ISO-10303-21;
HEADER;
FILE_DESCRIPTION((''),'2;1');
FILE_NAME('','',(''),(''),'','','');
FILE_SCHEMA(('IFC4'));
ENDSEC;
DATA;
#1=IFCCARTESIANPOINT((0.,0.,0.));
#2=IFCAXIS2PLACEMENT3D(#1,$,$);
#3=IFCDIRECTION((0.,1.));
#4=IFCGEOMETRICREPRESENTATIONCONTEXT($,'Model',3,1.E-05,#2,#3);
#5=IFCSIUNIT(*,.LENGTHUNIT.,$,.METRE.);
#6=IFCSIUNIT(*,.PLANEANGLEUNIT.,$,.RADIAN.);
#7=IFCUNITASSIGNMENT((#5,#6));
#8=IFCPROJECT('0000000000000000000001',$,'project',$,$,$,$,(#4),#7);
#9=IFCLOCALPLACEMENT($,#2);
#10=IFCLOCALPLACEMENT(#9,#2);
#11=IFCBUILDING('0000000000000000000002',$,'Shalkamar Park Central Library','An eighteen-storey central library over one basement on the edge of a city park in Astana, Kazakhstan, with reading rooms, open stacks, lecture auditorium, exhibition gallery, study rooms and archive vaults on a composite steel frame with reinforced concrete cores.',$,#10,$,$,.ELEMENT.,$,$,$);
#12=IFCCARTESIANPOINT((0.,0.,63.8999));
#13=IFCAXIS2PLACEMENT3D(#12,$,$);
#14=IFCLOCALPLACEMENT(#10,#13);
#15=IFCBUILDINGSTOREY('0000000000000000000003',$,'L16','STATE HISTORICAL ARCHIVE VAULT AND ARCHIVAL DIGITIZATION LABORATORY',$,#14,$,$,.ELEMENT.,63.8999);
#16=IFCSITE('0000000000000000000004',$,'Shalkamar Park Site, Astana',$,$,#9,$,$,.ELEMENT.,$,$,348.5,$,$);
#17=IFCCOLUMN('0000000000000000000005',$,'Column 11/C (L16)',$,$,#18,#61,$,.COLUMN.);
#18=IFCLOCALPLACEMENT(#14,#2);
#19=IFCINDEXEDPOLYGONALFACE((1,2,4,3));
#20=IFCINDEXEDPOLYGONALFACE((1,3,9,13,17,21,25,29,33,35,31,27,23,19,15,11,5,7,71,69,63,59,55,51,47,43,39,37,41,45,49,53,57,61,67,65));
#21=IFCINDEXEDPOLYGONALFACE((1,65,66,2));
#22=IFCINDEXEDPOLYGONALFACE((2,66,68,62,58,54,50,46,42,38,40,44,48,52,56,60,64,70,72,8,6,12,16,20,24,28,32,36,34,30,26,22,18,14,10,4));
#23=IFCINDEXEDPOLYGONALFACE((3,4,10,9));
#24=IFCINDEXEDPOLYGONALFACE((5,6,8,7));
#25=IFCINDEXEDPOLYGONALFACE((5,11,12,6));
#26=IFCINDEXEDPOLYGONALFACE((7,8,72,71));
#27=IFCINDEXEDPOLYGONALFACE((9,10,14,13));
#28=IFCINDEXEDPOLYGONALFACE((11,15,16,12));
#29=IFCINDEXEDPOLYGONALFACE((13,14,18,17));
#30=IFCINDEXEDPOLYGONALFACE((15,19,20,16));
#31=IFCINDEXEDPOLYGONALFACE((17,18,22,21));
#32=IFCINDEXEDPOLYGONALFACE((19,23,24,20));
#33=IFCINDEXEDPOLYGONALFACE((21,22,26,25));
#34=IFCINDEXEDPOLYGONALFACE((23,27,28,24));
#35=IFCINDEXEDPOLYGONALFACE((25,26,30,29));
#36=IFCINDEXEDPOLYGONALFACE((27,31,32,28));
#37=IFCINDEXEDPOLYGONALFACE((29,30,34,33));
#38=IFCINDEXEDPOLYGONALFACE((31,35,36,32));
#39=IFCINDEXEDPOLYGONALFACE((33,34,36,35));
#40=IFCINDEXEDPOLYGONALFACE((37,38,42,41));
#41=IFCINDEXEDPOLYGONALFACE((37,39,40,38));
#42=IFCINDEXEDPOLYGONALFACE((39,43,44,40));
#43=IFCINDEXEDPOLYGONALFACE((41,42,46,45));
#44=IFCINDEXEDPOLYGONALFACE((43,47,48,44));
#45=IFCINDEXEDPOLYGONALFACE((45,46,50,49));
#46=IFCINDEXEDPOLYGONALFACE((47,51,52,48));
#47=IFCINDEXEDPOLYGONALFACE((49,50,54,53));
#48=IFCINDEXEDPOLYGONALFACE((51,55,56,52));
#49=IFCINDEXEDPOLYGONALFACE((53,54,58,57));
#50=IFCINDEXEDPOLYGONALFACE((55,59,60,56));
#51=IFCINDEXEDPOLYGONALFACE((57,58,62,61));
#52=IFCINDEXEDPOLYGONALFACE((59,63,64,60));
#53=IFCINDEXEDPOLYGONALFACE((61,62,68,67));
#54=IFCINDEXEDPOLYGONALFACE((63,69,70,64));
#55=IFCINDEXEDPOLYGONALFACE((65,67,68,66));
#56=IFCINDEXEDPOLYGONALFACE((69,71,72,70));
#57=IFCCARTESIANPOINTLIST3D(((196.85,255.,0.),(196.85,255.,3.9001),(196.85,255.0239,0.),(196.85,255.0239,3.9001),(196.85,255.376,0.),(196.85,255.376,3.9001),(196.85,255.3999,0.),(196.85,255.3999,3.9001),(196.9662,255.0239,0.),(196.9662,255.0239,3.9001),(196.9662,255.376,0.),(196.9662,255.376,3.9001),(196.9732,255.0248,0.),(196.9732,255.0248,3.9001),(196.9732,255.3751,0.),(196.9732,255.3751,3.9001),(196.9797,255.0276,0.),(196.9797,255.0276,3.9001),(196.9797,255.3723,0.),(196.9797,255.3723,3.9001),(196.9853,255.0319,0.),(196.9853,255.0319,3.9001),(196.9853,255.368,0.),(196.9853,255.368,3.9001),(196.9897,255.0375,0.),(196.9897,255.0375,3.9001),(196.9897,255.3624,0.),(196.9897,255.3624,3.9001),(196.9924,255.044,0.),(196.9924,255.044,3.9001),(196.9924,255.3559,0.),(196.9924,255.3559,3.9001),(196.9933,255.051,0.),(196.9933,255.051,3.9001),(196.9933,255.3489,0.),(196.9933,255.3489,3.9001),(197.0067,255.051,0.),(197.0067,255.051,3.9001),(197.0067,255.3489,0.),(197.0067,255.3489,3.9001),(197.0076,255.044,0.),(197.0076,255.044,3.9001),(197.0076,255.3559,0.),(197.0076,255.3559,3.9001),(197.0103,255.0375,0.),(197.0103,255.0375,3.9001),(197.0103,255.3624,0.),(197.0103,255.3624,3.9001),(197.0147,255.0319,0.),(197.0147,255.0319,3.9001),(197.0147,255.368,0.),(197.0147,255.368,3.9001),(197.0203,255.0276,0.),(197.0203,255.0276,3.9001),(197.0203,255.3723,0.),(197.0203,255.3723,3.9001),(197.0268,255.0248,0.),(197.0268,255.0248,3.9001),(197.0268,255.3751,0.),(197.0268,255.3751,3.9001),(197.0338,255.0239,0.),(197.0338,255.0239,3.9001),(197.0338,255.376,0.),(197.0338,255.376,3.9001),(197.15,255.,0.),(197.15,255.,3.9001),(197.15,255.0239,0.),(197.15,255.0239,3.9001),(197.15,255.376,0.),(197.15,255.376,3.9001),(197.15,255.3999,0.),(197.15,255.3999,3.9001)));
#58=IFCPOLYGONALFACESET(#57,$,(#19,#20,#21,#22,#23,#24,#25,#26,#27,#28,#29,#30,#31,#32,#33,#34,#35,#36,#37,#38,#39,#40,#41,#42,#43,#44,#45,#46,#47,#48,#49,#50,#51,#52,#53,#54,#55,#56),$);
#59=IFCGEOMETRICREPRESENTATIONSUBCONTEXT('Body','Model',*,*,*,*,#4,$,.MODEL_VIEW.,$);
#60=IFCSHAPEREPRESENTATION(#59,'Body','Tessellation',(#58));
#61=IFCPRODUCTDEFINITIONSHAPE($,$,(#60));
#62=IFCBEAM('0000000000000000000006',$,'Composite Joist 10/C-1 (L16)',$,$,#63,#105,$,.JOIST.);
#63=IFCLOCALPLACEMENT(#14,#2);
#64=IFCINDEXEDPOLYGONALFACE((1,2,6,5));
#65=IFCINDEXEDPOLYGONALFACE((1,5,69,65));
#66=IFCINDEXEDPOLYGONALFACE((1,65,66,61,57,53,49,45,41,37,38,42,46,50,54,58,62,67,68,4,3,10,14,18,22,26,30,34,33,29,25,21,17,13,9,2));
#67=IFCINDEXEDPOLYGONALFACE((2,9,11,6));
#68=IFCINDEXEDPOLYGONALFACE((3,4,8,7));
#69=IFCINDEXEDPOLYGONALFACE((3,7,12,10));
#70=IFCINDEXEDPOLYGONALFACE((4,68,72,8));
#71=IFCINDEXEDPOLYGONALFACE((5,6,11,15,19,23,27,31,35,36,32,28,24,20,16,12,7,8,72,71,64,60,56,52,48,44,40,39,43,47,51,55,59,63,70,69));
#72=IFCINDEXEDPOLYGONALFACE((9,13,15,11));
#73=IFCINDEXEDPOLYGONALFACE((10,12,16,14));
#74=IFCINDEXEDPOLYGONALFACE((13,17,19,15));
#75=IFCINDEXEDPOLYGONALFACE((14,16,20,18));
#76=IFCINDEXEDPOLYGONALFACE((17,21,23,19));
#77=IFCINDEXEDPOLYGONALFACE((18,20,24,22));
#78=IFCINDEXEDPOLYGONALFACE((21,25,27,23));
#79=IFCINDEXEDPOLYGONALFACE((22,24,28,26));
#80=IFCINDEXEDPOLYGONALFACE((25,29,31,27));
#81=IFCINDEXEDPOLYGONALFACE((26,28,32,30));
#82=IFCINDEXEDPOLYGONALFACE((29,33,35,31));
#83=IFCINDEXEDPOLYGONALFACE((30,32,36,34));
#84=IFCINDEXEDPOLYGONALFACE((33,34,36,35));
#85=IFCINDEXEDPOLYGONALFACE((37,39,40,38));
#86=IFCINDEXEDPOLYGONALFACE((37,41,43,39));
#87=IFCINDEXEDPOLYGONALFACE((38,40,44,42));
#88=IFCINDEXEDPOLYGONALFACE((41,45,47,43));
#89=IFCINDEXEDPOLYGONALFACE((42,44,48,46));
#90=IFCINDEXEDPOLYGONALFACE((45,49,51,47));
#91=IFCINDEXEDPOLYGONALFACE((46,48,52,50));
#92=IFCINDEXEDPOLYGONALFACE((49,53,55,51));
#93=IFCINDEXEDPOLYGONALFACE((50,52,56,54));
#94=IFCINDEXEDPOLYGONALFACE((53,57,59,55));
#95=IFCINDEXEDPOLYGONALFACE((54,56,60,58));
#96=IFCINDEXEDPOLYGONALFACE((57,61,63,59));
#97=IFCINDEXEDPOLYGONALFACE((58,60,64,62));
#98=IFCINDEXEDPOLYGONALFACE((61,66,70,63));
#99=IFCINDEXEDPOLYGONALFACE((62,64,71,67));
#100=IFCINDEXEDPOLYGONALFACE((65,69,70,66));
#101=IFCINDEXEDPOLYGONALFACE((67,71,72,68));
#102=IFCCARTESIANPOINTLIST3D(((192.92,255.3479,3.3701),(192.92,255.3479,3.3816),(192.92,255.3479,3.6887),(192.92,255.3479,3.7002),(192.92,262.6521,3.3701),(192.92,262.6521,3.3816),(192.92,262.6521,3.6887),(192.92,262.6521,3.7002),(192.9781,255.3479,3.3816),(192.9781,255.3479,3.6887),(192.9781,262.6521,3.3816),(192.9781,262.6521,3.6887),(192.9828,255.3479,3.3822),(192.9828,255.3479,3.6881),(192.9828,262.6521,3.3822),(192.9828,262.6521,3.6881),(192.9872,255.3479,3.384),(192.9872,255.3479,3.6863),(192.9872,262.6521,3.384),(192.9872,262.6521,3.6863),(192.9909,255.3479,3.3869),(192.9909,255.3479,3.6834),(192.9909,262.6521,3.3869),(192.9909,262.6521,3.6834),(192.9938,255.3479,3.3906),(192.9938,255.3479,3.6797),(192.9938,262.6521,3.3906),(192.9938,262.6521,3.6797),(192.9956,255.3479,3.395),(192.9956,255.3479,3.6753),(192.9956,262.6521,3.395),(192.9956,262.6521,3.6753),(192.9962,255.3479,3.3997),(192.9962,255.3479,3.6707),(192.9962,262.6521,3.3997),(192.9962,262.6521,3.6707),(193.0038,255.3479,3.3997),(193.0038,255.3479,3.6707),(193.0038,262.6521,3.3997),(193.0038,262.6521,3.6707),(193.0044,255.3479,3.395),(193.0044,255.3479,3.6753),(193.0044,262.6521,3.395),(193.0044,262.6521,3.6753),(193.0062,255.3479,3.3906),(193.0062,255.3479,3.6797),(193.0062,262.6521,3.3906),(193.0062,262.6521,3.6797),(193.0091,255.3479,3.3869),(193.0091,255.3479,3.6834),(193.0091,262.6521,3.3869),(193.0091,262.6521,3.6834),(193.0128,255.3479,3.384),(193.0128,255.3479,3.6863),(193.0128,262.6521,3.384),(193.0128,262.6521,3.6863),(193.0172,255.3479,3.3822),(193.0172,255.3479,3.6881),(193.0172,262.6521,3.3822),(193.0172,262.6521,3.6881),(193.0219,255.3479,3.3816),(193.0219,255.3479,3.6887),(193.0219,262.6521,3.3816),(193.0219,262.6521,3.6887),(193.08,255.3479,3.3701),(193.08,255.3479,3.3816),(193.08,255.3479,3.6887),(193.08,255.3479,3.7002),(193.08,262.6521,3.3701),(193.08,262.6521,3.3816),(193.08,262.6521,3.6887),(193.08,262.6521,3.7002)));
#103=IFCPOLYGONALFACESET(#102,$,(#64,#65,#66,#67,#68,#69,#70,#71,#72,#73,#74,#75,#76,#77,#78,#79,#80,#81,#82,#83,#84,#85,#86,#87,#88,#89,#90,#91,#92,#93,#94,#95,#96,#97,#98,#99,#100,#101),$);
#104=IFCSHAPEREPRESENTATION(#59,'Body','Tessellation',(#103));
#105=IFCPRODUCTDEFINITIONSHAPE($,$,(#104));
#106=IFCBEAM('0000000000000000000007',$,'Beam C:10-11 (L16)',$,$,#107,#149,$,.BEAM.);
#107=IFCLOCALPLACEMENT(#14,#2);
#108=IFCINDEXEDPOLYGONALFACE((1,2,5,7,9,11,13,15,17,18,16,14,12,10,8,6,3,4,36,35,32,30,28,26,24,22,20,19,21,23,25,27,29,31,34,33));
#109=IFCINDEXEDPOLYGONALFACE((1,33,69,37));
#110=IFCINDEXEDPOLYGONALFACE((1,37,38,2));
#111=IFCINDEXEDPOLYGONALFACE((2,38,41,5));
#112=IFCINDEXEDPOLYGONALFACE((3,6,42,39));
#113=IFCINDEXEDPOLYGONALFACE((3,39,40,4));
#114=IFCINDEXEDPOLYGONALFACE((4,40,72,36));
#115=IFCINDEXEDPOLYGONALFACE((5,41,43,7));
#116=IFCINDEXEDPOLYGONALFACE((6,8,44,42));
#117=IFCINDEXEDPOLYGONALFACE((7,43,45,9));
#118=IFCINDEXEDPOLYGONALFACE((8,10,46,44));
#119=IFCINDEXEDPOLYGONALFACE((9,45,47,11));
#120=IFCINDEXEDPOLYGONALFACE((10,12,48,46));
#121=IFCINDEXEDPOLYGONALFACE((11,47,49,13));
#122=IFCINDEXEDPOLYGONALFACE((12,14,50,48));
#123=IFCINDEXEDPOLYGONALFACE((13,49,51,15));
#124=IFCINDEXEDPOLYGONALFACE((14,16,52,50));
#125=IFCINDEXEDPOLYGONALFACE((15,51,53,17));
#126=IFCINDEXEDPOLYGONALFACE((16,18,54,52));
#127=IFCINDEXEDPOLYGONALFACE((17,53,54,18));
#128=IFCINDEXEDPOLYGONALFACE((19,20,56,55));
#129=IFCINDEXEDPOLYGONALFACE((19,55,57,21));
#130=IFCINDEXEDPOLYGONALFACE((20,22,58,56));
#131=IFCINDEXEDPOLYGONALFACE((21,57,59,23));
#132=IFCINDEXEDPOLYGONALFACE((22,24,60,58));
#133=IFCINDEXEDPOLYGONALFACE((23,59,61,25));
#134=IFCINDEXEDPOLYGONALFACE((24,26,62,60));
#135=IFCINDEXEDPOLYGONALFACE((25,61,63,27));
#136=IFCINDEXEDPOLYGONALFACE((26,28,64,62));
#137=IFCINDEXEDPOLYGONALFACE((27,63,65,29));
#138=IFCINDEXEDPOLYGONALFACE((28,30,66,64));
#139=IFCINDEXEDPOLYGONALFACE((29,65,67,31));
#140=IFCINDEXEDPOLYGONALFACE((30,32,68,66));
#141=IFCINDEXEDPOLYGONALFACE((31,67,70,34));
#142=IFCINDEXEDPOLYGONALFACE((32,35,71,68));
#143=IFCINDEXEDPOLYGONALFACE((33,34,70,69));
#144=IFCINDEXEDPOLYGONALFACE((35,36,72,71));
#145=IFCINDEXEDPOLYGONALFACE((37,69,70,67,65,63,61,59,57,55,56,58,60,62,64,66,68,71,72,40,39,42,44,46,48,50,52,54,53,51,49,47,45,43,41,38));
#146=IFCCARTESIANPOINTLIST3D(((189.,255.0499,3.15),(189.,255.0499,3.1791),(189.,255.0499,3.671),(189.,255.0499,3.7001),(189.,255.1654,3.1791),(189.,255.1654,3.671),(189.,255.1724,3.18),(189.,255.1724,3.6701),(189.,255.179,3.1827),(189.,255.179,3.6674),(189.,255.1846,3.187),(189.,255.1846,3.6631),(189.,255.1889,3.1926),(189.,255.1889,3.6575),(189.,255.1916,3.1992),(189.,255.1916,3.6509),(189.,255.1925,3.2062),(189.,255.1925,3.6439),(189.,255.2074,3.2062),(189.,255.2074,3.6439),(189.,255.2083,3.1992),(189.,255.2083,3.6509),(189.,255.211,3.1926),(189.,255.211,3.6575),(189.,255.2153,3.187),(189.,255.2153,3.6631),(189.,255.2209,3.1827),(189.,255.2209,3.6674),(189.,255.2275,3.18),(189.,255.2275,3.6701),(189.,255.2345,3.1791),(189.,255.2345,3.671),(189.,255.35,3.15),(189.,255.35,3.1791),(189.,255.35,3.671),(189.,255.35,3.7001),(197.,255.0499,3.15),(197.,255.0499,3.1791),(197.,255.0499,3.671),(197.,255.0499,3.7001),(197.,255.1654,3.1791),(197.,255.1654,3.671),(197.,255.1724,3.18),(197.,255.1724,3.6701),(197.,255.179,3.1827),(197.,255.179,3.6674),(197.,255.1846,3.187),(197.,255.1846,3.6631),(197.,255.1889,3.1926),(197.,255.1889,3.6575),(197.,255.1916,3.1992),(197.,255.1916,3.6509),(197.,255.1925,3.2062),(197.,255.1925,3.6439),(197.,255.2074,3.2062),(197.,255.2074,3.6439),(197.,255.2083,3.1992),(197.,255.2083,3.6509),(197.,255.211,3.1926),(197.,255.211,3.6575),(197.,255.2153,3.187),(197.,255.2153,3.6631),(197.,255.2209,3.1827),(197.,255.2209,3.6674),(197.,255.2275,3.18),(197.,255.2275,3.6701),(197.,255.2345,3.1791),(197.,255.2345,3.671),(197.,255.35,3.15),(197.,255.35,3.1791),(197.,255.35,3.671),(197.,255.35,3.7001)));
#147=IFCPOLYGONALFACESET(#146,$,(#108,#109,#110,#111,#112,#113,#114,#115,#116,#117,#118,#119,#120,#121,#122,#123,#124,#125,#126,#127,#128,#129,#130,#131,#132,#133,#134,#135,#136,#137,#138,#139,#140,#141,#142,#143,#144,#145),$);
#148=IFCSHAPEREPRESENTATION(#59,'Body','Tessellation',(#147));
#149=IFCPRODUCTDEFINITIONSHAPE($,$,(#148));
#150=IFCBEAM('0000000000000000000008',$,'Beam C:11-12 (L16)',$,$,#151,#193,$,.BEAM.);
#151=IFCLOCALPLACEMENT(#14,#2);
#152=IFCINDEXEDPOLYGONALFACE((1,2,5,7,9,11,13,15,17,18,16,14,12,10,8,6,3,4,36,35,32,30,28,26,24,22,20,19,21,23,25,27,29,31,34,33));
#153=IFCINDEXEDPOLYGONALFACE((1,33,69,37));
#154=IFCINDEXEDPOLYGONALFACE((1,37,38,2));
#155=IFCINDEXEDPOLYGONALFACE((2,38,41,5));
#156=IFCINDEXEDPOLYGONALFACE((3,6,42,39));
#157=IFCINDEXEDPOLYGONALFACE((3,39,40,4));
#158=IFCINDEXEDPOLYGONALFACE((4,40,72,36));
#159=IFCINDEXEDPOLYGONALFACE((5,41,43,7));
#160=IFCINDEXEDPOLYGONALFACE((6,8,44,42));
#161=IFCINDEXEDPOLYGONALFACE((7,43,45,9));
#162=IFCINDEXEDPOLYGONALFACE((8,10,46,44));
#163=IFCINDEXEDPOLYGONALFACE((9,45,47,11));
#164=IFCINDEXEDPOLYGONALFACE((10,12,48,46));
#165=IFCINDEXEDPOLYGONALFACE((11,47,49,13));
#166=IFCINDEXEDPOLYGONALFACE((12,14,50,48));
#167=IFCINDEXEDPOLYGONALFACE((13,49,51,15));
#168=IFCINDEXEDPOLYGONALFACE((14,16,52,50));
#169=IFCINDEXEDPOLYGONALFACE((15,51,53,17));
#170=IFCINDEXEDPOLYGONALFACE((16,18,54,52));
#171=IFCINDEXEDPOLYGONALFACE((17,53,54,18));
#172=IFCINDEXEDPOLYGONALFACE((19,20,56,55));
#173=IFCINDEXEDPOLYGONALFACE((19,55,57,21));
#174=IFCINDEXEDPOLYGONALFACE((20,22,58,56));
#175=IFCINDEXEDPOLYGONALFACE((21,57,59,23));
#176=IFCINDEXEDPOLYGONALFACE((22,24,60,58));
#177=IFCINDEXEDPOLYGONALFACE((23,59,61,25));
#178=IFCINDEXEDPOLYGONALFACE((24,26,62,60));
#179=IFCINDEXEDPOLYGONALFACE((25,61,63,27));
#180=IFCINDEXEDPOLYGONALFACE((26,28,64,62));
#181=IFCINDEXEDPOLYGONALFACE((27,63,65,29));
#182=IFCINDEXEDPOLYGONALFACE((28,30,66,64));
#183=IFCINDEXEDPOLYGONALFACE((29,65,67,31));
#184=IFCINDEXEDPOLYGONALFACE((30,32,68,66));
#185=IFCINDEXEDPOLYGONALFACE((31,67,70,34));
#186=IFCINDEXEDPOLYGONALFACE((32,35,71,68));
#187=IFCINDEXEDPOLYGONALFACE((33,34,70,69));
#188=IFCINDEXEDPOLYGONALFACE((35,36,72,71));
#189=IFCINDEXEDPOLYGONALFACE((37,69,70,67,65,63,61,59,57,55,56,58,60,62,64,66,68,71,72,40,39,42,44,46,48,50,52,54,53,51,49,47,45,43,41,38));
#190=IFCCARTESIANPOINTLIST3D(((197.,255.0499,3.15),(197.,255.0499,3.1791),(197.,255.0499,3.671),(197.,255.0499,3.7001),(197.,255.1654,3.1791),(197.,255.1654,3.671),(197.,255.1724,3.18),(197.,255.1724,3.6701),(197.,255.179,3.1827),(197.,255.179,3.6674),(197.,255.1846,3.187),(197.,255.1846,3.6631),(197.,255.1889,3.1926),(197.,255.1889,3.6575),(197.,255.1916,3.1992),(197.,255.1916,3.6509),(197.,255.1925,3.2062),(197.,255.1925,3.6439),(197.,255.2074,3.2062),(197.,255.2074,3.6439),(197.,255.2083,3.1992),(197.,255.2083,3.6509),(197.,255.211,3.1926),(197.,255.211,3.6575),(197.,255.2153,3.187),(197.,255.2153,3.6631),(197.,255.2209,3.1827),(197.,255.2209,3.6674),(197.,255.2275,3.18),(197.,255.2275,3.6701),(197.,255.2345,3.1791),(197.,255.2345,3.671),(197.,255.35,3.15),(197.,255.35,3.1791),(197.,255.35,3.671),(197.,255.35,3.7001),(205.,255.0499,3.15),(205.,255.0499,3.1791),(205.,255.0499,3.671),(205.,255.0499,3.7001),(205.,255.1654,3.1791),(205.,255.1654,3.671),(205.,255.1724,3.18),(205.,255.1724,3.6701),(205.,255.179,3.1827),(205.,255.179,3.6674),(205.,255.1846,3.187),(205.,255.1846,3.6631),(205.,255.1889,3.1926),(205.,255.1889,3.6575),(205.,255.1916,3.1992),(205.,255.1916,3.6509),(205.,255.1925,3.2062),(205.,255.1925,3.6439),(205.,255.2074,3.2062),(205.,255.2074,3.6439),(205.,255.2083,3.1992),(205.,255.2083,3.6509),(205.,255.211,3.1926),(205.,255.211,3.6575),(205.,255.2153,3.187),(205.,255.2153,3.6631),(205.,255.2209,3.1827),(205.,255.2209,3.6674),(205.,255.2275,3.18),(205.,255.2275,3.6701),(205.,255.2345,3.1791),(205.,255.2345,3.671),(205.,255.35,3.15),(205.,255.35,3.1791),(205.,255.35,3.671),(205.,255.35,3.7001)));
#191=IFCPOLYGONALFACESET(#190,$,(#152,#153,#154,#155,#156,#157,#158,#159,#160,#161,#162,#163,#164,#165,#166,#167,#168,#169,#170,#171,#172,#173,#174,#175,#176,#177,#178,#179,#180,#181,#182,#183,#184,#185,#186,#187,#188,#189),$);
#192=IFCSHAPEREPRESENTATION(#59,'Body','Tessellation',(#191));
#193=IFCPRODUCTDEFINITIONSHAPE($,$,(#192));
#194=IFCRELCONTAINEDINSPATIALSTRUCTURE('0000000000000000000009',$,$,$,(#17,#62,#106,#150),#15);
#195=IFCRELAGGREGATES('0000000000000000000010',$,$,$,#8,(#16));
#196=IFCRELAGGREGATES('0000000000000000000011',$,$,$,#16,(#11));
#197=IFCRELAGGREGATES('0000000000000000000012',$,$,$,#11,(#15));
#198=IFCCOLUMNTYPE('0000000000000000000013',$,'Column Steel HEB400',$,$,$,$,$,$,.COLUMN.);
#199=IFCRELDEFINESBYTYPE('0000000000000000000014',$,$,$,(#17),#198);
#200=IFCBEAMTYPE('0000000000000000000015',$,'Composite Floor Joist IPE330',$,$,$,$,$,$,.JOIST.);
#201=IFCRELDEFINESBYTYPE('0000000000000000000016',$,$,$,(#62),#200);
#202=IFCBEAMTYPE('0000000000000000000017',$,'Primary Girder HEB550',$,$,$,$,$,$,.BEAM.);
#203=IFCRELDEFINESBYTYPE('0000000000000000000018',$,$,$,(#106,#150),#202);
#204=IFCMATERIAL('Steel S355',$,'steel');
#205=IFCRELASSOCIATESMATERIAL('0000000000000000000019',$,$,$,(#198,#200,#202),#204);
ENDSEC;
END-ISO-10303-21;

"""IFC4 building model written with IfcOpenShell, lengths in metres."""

from ifc_helpers import new_model, si_unit, direction, frame, origin, origin_2d, place, context, subcontext, project, spatial, i_section, extrude, material, material_profile, profile_set, type_object, element, save


model = new_model("IFC4")

# Units and contexts
model_context = context("Model", 3, precision=1e-05, world=origin(), true_north=direction((0.0, 1.0)))
body_context = subcontext(model_context, "Body", "Model", "MODEL_VIEW")
ifc_project = project(units=[si_unit("LENGTHUNIT", "METRE"), si_unit("PLANEANGLEUNIT", "RADIAN")], contexts=[model_context])

# Site, building, storey
site_placement = place(None, origin())
site = spatial("IfcSite", under=ifc_project, at=site_placement, Name="Shalkamar Park Site, Astana", CompositionType="ELEMENT", RefElevation=348.5)
building_placement = place(site_placement, origin())
building = spatial("IfcBuilding", under=site, at=building_placement, Name="Shalkamar Park Central Library", Description="An eighteen-storey central library over one basement on the edge of a city park in Astana, Kazakhstan, with reading rooms, open stacks, lecture auditorium, exhibition gallery, study rooms and archive vaults on a composite steel frame with reinforced concrete cores.", CompositionType="ELEMENT")
storey_placement = place(building_placement, frame((0.0, 0.0, 63.8999)))
storey = spatial("IfcBuildingStorey", under=building, at=storey_placement, Name="L16", Description="STATE HISTORICAL ARCHIVE VAULT AND ARCHIVAL DIGITIZATION LABORATORY", CompositionType="ELEMENT", Elevation=63.8999)

# Column
ifc_material_1 = material(Name="Steel S355", Category="steel")
ifc_material_profile_1 = material_profile(ifc_material_1, i_section(OverallWidth=0.3, OverallDepth=0.3999, WebThickness=0.0134, FlangeThickness=0.0239, FilletRadius=0.0271, at=origin_2d()), Name="HEB 400")
ifc_profile_set_1 = profile_set([ifc_material_profile_1], Name="Steel S355")
column_type = type_object("IfcColumnType", Name="Column Steel HEB400", PredefinedType="COLUMN", material=ifc_profile_set_1)
column_placement = place(storey_placement, frame((197.0, 255.2, 0.0), z_axis=(0.0, 0.0, 1.0), x_axis=(1.0, 0.0, 0.0)))
element("IfcColumn", 1, at=column_placement, inside=storey, type_object=column_type, Name="Column 11/C (L16)", PredefinedType="COLUMN", context=body_context, shape_type="SweptSolid", body=[
    extrude(i_section(OverallWidth=0.3, OverallDepth=0.3999, WebThickness=0.0134, FlangeThickness=0.0239, FilletRadius=0.0271, at=origin_2d()), origin(), (0.0, 0.0, 1.0), 3.9001),
])

# Beams
ifc_material_profile_2 = material_profile(ifc_material_1, i_section(OverallWidth=0.1599, OverallDepth=0.3301, WebThickness=0.0076, FlangeThickness=0.0115, FilletRadius=0.0181, at=origin_2d()), Name="IPE 330")
ifc_profile_set_2 = profile_set([ifc_material_profile_2], Name="Steel S355")
beam_type_1 = type_object("IfcBeamType", Name="Composite Floor Joist IPE330", PredefinedType="JOIST", material=ifc_profile_set_2)
beam_1_placement = place(storey_placement, frame((193.0, 255.3479, 3.5352), z_axis=(0.0, 1.0, 0.0), x_axis=(-1.0, 0.0, 0.0)))
element("IfcBeam", 2, at=beam_1_placement, inside=storey, type_object=beam_type_1, Name="Composite Joist 10/C-1 (L16)", PredefinedType="JOIST", context=body_context, shape_type="SweptSolid", body=[
    extrude(i_section(OverallWidth=0.1599, OverallDepth=0.3301, WebThickness=0.0076, FlangeThickness=0.0115, FilletRadius=0.0181, at=origin_2d()), origin(), (0.0, 0.0, 1.0), 7.3042),
])
ifc_material_profile_3 = material_profile(ifc_material_1, i_section(OverallWidth=0.3, OverallDepth=0.55, WebThickness=0.0149, FlangeThickness=0.0291, FilletRadius=0.0271, at=origin_2d()), Name="HEB 550")
ifc_profile_set_3 = profile_set([ifc_material_profile_3], Name="Steel S355")
beam_type_2 = type_object("IfcBeamType", Name="Primary Girder HEB550", PredefinedType="BEAM", material=ifc_profile_set_3)
for number, where, z_axis, x_axis, name in (
    (3, (189.0, 255.2, 3.425), (1.0, 0.0, 0.0), (0.0, 1.0, 0.0), "Beam C:10-11 (L16)"),
    (4, (197.0, 255.2, 3.425), (1.0, 0.0, 0.0), (0.0, 1.0, 0.0), "Beam C:11-12 (L16)"),
):
    element("IfcBeam", number, at=place(storey_placement, frame(where, z_axis=z_axis, x_axis=x_axis)), inside=storey, type_object=beam_type_2, Name=name, PredefinedType="BEAM", context=body_context, shape_type="SweptSolid", body=[
        extrude(i_section(OverallWidth=0.3, OverallDepth=0.55, WebThickness=0.0149, FlangeThickness=0.0291, FilletRadius=0.0271, at=origin_2d()), origin(), (0.0, 0.0, 1.0), 8.0),
    ])

save(model, "model.ifc")
